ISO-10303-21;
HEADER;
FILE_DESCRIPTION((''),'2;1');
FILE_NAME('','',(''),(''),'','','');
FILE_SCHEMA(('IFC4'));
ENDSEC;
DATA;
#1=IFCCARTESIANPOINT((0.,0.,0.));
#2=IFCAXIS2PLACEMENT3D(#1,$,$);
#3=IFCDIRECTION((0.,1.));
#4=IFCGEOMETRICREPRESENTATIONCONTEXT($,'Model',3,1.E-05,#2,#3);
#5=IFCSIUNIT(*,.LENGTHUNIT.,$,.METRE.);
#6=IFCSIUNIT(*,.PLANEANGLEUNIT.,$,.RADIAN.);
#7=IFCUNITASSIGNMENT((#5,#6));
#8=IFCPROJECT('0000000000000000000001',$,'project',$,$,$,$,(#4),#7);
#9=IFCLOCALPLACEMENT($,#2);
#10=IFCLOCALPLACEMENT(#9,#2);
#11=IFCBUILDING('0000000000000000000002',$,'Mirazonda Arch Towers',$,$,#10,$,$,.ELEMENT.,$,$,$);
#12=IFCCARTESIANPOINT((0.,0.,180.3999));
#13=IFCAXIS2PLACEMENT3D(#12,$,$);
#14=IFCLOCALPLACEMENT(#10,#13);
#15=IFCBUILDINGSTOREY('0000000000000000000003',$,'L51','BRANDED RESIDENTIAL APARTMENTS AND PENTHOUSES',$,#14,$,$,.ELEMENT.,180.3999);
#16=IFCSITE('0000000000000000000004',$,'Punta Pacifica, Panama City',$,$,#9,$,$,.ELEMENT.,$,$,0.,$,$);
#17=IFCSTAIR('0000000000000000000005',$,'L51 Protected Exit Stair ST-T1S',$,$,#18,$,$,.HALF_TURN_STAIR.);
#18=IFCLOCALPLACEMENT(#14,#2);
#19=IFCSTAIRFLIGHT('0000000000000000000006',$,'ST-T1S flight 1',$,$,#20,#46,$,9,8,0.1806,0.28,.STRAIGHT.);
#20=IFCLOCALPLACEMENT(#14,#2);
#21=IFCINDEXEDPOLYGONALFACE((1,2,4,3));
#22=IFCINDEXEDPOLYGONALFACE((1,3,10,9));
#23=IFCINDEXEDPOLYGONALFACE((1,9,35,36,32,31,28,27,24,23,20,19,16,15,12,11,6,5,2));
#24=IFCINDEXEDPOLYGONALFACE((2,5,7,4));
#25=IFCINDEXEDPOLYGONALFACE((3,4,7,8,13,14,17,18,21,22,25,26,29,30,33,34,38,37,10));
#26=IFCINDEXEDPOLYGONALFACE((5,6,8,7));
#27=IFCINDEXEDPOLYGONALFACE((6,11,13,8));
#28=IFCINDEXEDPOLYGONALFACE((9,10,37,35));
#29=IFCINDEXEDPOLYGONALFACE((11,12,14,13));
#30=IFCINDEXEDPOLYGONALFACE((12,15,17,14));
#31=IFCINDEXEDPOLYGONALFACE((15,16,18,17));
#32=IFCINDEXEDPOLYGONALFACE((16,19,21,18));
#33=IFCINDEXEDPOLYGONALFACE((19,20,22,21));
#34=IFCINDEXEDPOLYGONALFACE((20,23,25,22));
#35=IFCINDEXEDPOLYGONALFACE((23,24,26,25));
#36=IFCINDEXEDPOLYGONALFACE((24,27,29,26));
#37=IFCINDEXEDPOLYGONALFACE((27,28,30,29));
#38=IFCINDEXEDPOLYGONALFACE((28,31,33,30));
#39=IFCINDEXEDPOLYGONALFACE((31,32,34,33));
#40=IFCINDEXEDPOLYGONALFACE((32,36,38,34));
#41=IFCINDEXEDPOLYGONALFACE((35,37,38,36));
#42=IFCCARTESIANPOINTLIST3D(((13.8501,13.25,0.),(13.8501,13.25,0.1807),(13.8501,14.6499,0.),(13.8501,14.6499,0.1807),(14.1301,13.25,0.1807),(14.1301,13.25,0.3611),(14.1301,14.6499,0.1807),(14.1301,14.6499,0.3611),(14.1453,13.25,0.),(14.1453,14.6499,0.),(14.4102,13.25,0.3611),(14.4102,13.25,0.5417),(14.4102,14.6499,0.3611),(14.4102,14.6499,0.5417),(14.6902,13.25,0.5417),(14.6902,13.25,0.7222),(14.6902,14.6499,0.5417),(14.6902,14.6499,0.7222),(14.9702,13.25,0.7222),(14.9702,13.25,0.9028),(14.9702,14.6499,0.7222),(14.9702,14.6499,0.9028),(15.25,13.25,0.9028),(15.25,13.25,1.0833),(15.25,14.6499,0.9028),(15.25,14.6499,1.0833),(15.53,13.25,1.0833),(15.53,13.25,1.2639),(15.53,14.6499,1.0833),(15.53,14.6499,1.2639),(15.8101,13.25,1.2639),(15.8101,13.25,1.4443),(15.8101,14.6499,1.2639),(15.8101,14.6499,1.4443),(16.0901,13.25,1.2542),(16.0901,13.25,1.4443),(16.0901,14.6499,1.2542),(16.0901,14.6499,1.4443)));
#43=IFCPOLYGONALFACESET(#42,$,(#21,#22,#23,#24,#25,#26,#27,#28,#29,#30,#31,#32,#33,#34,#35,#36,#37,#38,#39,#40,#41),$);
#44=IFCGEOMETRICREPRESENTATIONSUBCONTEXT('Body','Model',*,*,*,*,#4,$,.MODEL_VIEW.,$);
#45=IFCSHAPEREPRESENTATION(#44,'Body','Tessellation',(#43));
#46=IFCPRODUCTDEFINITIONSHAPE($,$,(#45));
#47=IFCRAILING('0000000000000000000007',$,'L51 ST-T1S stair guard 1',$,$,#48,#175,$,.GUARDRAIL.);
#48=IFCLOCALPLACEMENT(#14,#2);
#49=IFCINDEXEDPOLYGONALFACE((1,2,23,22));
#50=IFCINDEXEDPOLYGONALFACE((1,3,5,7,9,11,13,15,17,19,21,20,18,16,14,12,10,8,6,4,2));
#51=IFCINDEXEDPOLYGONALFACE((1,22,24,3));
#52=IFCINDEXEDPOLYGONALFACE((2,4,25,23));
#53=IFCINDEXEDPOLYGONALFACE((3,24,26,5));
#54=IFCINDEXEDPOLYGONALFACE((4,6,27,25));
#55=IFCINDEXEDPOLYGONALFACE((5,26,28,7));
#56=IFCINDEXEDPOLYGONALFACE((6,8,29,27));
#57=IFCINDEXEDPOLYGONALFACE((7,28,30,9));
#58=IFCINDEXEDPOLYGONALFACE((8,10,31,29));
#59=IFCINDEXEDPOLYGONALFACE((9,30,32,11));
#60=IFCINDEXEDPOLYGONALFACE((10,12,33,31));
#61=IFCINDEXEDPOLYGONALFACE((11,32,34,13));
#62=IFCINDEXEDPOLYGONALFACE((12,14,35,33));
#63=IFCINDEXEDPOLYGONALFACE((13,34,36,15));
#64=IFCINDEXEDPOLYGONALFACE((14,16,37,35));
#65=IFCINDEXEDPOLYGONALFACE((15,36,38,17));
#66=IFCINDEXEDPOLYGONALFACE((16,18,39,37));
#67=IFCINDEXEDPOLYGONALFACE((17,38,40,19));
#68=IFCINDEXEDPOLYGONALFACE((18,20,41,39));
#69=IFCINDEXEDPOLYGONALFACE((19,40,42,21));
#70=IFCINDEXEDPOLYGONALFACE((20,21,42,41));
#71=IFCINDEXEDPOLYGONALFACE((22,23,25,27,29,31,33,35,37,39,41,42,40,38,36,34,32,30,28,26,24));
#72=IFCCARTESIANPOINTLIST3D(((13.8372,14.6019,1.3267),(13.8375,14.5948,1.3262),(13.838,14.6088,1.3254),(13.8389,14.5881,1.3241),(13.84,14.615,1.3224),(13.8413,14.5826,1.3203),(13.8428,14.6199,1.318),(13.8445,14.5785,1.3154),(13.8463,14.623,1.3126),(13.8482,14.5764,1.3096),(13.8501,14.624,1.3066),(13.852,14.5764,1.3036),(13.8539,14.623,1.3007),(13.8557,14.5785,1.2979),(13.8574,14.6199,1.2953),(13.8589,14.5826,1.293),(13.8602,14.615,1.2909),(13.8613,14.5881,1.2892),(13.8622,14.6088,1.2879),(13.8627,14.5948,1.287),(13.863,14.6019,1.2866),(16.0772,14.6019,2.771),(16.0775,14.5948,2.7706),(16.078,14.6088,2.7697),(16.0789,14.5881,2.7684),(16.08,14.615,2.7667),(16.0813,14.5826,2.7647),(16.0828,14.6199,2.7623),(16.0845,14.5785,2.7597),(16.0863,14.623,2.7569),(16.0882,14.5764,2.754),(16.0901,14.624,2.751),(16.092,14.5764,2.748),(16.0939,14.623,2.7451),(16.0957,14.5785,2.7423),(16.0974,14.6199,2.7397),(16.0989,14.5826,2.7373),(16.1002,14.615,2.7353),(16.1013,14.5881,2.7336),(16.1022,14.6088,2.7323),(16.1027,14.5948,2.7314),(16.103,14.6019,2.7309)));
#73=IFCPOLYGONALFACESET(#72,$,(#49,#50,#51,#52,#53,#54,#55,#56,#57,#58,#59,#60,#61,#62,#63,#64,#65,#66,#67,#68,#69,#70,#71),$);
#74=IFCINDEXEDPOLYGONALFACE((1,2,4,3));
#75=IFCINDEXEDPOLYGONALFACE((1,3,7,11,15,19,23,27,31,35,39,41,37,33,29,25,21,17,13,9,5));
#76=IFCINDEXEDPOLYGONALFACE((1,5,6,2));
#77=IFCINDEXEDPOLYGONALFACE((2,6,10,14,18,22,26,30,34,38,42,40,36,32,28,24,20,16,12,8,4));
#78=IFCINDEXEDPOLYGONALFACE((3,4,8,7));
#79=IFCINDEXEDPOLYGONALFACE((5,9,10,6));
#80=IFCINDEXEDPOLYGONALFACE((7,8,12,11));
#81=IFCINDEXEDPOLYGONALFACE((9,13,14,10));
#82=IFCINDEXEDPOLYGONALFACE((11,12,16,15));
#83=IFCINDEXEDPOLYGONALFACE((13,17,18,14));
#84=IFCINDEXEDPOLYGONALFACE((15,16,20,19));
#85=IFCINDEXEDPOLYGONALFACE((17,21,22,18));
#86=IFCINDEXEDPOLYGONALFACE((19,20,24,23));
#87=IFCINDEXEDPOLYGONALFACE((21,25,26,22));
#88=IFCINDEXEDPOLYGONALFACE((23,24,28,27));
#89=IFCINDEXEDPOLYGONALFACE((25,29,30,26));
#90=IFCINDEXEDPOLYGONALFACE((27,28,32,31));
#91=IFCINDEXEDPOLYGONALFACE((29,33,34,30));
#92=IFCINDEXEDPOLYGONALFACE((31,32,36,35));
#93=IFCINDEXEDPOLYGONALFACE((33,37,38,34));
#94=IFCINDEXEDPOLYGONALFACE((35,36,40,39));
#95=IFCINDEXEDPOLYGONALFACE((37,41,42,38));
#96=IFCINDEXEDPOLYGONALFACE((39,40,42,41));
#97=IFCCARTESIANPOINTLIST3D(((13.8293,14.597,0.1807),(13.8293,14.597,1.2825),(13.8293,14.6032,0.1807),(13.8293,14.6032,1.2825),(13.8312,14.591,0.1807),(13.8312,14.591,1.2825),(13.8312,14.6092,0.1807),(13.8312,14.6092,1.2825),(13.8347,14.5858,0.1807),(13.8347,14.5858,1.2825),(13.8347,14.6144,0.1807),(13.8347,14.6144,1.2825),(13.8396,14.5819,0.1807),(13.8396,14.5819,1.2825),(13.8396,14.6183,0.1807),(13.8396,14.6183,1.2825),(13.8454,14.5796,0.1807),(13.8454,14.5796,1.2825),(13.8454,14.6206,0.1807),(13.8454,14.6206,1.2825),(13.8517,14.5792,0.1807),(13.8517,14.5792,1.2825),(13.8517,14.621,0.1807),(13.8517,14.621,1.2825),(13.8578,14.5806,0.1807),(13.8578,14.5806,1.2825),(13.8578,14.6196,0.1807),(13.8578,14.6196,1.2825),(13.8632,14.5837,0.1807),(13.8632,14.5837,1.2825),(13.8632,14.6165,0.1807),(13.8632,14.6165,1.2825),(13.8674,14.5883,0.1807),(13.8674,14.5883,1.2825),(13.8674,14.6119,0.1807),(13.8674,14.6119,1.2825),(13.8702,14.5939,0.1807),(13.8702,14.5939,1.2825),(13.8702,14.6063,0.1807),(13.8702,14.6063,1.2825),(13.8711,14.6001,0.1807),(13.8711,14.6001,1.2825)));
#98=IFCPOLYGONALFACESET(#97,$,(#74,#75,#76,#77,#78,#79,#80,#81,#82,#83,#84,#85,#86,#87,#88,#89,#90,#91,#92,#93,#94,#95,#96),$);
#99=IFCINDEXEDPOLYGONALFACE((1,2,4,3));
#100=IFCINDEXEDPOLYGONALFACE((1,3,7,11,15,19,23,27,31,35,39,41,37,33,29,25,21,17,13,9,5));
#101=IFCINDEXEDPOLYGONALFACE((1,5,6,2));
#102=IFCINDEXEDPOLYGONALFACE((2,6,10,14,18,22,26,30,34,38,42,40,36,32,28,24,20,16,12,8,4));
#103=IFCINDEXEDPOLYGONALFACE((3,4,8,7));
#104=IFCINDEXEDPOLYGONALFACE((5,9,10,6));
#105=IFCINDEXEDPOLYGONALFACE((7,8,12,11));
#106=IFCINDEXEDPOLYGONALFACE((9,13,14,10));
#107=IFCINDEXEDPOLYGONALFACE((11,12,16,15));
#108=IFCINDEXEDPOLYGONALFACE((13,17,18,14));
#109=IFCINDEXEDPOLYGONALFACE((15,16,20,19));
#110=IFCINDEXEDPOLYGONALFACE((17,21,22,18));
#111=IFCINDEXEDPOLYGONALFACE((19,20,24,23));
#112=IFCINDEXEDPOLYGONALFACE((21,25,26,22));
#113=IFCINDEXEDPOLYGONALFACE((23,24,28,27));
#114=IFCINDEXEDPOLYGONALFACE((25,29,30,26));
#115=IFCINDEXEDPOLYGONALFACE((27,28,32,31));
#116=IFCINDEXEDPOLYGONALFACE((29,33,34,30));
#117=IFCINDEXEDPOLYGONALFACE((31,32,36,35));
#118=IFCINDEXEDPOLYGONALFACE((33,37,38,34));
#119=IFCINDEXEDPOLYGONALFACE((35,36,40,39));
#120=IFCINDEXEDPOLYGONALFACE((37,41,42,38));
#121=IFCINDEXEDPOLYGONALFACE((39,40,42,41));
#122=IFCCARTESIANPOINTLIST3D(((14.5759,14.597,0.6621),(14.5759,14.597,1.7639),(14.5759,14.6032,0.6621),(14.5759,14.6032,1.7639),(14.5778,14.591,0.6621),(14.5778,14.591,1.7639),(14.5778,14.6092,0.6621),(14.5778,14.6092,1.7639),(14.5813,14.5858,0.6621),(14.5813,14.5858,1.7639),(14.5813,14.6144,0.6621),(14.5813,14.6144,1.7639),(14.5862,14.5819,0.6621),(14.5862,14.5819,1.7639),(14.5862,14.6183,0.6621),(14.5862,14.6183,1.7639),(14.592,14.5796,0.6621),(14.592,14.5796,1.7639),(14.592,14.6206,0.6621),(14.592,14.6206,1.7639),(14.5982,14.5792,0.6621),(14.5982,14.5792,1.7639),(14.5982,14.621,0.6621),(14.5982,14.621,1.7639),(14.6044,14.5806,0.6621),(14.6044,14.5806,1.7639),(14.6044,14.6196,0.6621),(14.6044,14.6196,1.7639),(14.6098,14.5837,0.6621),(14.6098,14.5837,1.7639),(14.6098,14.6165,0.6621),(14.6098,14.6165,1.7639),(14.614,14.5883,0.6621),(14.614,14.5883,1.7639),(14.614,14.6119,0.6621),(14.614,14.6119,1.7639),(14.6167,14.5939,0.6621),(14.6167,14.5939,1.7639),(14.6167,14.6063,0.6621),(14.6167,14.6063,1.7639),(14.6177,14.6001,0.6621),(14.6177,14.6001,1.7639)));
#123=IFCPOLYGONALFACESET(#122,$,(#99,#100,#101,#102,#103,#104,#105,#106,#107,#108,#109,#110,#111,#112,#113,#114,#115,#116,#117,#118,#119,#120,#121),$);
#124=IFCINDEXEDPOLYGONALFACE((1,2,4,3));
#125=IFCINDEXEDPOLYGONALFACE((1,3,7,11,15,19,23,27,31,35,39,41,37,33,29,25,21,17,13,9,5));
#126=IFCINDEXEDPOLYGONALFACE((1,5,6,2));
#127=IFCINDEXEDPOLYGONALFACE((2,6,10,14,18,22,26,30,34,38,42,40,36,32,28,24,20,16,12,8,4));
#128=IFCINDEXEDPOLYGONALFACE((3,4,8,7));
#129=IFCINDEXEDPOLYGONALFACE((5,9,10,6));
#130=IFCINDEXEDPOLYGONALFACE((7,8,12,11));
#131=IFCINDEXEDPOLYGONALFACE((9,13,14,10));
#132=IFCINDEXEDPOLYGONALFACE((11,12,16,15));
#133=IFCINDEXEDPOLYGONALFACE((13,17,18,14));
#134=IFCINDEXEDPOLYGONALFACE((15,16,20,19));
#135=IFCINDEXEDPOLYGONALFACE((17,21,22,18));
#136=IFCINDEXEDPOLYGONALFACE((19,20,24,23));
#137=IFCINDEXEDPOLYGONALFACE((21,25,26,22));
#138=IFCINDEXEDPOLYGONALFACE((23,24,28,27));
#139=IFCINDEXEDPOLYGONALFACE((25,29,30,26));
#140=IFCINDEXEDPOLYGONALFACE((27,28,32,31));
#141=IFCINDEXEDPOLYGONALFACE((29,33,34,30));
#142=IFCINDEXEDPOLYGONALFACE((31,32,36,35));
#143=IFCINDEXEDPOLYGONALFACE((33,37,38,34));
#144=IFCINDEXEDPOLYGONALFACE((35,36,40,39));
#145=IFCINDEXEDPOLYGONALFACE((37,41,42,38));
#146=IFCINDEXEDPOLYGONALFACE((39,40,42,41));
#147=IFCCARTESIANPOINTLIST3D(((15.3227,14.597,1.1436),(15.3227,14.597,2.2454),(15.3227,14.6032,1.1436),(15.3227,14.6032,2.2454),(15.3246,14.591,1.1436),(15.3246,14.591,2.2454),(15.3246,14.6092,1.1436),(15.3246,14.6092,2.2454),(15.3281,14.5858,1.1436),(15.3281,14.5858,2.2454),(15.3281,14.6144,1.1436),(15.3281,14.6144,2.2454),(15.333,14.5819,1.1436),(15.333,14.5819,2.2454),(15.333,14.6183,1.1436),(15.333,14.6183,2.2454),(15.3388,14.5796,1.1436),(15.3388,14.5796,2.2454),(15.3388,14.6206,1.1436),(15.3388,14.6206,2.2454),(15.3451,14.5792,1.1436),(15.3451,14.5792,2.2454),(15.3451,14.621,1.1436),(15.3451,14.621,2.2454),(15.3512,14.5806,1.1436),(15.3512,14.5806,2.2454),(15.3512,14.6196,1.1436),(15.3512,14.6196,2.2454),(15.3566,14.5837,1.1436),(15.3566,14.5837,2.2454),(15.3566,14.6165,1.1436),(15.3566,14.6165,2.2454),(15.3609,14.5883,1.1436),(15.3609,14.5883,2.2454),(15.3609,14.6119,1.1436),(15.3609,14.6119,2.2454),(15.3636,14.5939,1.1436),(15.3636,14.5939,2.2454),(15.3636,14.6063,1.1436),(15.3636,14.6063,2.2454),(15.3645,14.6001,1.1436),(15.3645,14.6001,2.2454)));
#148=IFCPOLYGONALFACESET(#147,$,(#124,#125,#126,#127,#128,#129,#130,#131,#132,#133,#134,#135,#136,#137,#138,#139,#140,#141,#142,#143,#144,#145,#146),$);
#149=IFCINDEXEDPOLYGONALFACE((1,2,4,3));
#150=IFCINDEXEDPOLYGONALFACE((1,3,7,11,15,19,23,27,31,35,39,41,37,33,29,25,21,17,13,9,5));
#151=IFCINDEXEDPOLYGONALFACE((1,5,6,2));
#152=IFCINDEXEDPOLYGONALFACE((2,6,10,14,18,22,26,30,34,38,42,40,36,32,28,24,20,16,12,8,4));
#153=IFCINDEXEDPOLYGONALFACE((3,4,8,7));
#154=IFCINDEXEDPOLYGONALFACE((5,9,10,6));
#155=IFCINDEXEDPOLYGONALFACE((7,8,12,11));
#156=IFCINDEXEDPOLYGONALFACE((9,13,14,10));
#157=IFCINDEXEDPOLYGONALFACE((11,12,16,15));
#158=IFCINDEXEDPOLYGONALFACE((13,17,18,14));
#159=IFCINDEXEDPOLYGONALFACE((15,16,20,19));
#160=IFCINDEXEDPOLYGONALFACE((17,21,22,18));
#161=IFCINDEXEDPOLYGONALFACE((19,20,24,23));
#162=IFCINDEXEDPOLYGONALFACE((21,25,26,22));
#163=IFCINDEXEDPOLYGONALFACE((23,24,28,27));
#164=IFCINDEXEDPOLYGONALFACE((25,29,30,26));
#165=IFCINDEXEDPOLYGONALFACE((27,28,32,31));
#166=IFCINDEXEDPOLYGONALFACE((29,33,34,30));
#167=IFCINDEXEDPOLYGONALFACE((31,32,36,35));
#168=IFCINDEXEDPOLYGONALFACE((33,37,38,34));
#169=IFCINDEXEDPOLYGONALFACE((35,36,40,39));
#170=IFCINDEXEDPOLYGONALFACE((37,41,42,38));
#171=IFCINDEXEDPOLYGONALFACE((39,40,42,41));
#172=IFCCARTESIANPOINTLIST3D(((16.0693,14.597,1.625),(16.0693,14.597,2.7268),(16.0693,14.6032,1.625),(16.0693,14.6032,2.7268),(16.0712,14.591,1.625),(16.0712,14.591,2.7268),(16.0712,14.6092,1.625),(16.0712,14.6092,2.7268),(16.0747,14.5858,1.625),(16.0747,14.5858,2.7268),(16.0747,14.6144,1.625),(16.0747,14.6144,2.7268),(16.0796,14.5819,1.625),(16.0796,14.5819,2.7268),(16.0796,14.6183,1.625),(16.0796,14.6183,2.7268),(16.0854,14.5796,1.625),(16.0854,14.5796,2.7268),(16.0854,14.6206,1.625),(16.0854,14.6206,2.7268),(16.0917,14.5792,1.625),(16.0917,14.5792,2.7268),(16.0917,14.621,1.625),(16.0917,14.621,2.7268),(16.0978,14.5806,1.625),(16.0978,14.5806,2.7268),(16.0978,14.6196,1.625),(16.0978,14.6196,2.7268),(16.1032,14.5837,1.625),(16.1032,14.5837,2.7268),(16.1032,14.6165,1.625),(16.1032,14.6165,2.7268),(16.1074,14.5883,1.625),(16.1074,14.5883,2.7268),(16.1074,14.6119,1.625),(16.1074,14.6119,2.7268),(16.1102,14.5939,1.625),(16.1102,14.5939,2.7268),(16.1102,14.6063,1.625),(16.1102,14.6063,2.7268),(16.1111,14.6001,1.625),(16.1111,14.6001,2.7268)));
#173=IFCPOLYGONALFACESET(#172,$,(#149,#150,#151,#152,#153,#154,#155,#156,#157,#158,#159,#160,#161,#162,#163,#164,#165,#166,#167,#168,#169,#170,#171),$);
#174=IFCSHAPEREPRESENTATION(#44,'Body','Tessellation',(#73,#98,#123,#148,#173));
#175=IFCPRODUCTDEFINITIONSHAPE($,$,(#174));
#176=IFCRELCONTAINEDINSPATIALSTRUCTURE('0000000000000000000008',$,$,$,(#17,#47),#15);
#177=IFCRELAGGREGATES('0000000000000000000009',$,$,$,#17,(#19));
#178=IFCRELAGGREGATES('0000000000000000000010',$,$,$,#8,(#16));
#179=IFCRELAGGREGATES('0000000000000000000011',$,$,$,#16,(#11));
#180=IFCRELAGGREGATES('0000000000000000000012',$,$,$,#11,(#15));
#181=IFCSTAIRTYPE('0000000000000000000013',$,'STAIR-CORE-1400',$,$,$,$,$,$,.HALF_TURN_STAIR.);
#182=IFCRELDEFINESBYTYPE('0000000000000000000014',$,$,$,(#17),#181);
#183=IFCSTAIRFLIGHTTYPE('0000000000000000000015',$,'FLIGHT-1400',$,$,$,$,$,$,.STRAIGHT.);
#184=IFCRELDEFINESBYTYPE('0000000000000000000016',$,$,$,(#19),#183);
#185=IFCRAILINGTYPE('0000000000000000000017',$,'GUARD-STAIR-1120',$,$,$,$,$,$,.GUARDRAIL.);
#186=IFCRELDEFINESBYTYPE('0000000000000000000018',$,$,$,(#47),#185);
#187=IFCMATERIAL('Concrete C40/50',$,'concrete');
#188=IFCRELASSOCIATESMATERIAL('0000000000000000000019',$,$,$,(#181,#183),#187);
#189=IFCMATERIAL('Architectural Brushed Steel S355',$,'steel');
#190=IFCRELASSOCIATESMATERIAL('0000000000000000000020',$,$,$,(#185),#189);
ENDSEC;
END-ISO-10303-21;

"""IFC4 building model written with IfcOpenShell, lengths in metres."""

from ifc_helpers import new_model, si_unit, direction, frame, origin, origin_2d, place, context, subcontext, project, spatial, polyline, circle, outline, extrude, material, type_object, element, aggregate, save


model = new_model("IFC4")

# Units and contexts
model_context = context("Model", 3, precision=1e-05, world=origin(), true_north=direction((0.0, 1.0)))
body_context = subcontext(model_context, "Body", "Model", "MODEL_VIEW")
ifc_project = project(units=[si_unit("LENGTHUNIT", "METRE"), si_unit("PLANEANGLEUNIT", "RADIAN")], contexts=[model_context])

# Site, building, storey
site_placement = place(None, origin())
site = spatial("IfcSite", under=ifc_project, at=site_placement, Name="Punta Pacifica, Panama City", CompositionType="ELEMENT", RefElevation=0.0)
building_placement = place(site_placement, origin())
building = spatial("IfcBuilding", under=site, at=building_placement, Name="Mirazonda Arch Towers", CompositionType="ELEMENT")
storey_placement = place(building_placement, frame((0.0, 0.0, 180.3999)))
storey = spatial("IfcBuildingStorey", under=building, at=storey_placement, Name="L51", Description="BRANDED RESIDENTIAL APARTMENTS AND PENTHOUSES", CompositionType="ELEMENT", Elevation=180.3999)

# Stair
ifc_material_1 = material(Name="Concrete C40/50", Category="concrete")
stair_type = type_object("IfcStairType", Name="STAIR-CORE-1400", PredefinedType="HALF_TURN_STAIR", material=ifc_material_1)
stair_1_placement = place(storey_placement, origin())
stair_1 = element("IfcStair", 1, at=stair_1_placement, inside=storey, type_object=stair_type, Name="L51 Protected Exit Stair ST-T1S", PredefinedType="HALF_TURN_STAIR")

# Shared definitions
ifc_material_2 = material(Name="Architectural Brushed Steel S355", Category="steel")

# Stair flight
stair_flight_type = type_object("IfcStairFlightType", Name="FLIGHT-1400", PredefinedType="STRAIGHT", material=ifc_material_1)
stair_flight_placement = place(storey_placement, frame((13.8501, 13.95, 0.0), z_axis=(0.0, 0.0, 1.0), x_axis=(1.0, 0.0, 0.0)))
stair_flight = element("IfcStairFlight", 2, at=stair_flight_placement, type_object=stair_flight_type, Name="ST-T1S flight 1", NumberOfRisers=9, NumberOfTreads=8, PredefinedType="STRAIGHT", RiserHeight=0.1806, TreadLength=0.28, context=body_context, shape_type="SweptSolid", body=[
    extrude(outline(polyline([(0.0, 0.0), (0.0, 0.1807), (0.28, 0.1807), (0.28, 0.3611), (0.5601, 0.3611), (0.5601, 0.5417), (0.8401, 0.5417), (0.8401, 0.7222), (1.1201, 0.7222), (1.1201, 0.9028), (1.3999, 0.9028), (1.3999, 1.0833), (1.6799, 1.0833), (1.6799, 1.2639), (1.96, 1.2639), (1.96, 1.4443), (2.24, 1.4443), (2.24, 1.625), (2.24, 1.2542), (0.2952, 0.0), (0.0, 0.0)])), frame((0.0, 0.7, 0.0), z_axis=(0.0, -1.0, 0.0), x_axis=(1.0, 0.0, 0.0)), (0.0, 0.0, 1.0), 1.3999),
])
aggregate(stair_1, [stair_flight])

# Railing
railing_type_1 = type_object("IfcRailingType", Name="GUARD-STAIR-1120", PredefinedType="GUARDRAIL", material=ifc_material_2)
railing_1_placement = place(storey_placement, frame((13.8501, 14.6001, 0.1807)))
element("IfcRailing", 3, at=railing_1_placement, inside=storey, type_object=railing_type_1, Name="L51 ST-T1S stair guard 1", PredefinedType="GUARDRAIL", context=body_context, shape_type="SweptSolid", body=[
    extrude(circle(Radius=0.0239, at=origin_2d()), frame((0.0, 0.0, 1.126), z_axis=(0.840437, 0.0, 0.54191), x_axis=(0.0, 1.0, 0.0)), (0.0, 0.0, 1.0), 2.6653),
    extrude(circle(Radius=0.021, at=origin_2d()), origin(), (0.0, 0.0, 1.0), 1.1018),
    extrude(circle(Radius=0.021, at=origin_2d()), frame((0.7466, 0.0, 0.4814)), (0.0, 0.0, 1.0), 1.1018),
    extrude(circle(Radius=0.021, at=origin_2d()), frame((1.4934, 0.0, 0.9629)), (0.0, 0.0, 1.0), 1.1018),
    extrude(circle(Radius=0.021, at=origin_2d()), frame((2.24, 0.0, 1.4443)), (0.0, 0.0, 1.0), 1.1018),
])

save(model, "model.ifc")
